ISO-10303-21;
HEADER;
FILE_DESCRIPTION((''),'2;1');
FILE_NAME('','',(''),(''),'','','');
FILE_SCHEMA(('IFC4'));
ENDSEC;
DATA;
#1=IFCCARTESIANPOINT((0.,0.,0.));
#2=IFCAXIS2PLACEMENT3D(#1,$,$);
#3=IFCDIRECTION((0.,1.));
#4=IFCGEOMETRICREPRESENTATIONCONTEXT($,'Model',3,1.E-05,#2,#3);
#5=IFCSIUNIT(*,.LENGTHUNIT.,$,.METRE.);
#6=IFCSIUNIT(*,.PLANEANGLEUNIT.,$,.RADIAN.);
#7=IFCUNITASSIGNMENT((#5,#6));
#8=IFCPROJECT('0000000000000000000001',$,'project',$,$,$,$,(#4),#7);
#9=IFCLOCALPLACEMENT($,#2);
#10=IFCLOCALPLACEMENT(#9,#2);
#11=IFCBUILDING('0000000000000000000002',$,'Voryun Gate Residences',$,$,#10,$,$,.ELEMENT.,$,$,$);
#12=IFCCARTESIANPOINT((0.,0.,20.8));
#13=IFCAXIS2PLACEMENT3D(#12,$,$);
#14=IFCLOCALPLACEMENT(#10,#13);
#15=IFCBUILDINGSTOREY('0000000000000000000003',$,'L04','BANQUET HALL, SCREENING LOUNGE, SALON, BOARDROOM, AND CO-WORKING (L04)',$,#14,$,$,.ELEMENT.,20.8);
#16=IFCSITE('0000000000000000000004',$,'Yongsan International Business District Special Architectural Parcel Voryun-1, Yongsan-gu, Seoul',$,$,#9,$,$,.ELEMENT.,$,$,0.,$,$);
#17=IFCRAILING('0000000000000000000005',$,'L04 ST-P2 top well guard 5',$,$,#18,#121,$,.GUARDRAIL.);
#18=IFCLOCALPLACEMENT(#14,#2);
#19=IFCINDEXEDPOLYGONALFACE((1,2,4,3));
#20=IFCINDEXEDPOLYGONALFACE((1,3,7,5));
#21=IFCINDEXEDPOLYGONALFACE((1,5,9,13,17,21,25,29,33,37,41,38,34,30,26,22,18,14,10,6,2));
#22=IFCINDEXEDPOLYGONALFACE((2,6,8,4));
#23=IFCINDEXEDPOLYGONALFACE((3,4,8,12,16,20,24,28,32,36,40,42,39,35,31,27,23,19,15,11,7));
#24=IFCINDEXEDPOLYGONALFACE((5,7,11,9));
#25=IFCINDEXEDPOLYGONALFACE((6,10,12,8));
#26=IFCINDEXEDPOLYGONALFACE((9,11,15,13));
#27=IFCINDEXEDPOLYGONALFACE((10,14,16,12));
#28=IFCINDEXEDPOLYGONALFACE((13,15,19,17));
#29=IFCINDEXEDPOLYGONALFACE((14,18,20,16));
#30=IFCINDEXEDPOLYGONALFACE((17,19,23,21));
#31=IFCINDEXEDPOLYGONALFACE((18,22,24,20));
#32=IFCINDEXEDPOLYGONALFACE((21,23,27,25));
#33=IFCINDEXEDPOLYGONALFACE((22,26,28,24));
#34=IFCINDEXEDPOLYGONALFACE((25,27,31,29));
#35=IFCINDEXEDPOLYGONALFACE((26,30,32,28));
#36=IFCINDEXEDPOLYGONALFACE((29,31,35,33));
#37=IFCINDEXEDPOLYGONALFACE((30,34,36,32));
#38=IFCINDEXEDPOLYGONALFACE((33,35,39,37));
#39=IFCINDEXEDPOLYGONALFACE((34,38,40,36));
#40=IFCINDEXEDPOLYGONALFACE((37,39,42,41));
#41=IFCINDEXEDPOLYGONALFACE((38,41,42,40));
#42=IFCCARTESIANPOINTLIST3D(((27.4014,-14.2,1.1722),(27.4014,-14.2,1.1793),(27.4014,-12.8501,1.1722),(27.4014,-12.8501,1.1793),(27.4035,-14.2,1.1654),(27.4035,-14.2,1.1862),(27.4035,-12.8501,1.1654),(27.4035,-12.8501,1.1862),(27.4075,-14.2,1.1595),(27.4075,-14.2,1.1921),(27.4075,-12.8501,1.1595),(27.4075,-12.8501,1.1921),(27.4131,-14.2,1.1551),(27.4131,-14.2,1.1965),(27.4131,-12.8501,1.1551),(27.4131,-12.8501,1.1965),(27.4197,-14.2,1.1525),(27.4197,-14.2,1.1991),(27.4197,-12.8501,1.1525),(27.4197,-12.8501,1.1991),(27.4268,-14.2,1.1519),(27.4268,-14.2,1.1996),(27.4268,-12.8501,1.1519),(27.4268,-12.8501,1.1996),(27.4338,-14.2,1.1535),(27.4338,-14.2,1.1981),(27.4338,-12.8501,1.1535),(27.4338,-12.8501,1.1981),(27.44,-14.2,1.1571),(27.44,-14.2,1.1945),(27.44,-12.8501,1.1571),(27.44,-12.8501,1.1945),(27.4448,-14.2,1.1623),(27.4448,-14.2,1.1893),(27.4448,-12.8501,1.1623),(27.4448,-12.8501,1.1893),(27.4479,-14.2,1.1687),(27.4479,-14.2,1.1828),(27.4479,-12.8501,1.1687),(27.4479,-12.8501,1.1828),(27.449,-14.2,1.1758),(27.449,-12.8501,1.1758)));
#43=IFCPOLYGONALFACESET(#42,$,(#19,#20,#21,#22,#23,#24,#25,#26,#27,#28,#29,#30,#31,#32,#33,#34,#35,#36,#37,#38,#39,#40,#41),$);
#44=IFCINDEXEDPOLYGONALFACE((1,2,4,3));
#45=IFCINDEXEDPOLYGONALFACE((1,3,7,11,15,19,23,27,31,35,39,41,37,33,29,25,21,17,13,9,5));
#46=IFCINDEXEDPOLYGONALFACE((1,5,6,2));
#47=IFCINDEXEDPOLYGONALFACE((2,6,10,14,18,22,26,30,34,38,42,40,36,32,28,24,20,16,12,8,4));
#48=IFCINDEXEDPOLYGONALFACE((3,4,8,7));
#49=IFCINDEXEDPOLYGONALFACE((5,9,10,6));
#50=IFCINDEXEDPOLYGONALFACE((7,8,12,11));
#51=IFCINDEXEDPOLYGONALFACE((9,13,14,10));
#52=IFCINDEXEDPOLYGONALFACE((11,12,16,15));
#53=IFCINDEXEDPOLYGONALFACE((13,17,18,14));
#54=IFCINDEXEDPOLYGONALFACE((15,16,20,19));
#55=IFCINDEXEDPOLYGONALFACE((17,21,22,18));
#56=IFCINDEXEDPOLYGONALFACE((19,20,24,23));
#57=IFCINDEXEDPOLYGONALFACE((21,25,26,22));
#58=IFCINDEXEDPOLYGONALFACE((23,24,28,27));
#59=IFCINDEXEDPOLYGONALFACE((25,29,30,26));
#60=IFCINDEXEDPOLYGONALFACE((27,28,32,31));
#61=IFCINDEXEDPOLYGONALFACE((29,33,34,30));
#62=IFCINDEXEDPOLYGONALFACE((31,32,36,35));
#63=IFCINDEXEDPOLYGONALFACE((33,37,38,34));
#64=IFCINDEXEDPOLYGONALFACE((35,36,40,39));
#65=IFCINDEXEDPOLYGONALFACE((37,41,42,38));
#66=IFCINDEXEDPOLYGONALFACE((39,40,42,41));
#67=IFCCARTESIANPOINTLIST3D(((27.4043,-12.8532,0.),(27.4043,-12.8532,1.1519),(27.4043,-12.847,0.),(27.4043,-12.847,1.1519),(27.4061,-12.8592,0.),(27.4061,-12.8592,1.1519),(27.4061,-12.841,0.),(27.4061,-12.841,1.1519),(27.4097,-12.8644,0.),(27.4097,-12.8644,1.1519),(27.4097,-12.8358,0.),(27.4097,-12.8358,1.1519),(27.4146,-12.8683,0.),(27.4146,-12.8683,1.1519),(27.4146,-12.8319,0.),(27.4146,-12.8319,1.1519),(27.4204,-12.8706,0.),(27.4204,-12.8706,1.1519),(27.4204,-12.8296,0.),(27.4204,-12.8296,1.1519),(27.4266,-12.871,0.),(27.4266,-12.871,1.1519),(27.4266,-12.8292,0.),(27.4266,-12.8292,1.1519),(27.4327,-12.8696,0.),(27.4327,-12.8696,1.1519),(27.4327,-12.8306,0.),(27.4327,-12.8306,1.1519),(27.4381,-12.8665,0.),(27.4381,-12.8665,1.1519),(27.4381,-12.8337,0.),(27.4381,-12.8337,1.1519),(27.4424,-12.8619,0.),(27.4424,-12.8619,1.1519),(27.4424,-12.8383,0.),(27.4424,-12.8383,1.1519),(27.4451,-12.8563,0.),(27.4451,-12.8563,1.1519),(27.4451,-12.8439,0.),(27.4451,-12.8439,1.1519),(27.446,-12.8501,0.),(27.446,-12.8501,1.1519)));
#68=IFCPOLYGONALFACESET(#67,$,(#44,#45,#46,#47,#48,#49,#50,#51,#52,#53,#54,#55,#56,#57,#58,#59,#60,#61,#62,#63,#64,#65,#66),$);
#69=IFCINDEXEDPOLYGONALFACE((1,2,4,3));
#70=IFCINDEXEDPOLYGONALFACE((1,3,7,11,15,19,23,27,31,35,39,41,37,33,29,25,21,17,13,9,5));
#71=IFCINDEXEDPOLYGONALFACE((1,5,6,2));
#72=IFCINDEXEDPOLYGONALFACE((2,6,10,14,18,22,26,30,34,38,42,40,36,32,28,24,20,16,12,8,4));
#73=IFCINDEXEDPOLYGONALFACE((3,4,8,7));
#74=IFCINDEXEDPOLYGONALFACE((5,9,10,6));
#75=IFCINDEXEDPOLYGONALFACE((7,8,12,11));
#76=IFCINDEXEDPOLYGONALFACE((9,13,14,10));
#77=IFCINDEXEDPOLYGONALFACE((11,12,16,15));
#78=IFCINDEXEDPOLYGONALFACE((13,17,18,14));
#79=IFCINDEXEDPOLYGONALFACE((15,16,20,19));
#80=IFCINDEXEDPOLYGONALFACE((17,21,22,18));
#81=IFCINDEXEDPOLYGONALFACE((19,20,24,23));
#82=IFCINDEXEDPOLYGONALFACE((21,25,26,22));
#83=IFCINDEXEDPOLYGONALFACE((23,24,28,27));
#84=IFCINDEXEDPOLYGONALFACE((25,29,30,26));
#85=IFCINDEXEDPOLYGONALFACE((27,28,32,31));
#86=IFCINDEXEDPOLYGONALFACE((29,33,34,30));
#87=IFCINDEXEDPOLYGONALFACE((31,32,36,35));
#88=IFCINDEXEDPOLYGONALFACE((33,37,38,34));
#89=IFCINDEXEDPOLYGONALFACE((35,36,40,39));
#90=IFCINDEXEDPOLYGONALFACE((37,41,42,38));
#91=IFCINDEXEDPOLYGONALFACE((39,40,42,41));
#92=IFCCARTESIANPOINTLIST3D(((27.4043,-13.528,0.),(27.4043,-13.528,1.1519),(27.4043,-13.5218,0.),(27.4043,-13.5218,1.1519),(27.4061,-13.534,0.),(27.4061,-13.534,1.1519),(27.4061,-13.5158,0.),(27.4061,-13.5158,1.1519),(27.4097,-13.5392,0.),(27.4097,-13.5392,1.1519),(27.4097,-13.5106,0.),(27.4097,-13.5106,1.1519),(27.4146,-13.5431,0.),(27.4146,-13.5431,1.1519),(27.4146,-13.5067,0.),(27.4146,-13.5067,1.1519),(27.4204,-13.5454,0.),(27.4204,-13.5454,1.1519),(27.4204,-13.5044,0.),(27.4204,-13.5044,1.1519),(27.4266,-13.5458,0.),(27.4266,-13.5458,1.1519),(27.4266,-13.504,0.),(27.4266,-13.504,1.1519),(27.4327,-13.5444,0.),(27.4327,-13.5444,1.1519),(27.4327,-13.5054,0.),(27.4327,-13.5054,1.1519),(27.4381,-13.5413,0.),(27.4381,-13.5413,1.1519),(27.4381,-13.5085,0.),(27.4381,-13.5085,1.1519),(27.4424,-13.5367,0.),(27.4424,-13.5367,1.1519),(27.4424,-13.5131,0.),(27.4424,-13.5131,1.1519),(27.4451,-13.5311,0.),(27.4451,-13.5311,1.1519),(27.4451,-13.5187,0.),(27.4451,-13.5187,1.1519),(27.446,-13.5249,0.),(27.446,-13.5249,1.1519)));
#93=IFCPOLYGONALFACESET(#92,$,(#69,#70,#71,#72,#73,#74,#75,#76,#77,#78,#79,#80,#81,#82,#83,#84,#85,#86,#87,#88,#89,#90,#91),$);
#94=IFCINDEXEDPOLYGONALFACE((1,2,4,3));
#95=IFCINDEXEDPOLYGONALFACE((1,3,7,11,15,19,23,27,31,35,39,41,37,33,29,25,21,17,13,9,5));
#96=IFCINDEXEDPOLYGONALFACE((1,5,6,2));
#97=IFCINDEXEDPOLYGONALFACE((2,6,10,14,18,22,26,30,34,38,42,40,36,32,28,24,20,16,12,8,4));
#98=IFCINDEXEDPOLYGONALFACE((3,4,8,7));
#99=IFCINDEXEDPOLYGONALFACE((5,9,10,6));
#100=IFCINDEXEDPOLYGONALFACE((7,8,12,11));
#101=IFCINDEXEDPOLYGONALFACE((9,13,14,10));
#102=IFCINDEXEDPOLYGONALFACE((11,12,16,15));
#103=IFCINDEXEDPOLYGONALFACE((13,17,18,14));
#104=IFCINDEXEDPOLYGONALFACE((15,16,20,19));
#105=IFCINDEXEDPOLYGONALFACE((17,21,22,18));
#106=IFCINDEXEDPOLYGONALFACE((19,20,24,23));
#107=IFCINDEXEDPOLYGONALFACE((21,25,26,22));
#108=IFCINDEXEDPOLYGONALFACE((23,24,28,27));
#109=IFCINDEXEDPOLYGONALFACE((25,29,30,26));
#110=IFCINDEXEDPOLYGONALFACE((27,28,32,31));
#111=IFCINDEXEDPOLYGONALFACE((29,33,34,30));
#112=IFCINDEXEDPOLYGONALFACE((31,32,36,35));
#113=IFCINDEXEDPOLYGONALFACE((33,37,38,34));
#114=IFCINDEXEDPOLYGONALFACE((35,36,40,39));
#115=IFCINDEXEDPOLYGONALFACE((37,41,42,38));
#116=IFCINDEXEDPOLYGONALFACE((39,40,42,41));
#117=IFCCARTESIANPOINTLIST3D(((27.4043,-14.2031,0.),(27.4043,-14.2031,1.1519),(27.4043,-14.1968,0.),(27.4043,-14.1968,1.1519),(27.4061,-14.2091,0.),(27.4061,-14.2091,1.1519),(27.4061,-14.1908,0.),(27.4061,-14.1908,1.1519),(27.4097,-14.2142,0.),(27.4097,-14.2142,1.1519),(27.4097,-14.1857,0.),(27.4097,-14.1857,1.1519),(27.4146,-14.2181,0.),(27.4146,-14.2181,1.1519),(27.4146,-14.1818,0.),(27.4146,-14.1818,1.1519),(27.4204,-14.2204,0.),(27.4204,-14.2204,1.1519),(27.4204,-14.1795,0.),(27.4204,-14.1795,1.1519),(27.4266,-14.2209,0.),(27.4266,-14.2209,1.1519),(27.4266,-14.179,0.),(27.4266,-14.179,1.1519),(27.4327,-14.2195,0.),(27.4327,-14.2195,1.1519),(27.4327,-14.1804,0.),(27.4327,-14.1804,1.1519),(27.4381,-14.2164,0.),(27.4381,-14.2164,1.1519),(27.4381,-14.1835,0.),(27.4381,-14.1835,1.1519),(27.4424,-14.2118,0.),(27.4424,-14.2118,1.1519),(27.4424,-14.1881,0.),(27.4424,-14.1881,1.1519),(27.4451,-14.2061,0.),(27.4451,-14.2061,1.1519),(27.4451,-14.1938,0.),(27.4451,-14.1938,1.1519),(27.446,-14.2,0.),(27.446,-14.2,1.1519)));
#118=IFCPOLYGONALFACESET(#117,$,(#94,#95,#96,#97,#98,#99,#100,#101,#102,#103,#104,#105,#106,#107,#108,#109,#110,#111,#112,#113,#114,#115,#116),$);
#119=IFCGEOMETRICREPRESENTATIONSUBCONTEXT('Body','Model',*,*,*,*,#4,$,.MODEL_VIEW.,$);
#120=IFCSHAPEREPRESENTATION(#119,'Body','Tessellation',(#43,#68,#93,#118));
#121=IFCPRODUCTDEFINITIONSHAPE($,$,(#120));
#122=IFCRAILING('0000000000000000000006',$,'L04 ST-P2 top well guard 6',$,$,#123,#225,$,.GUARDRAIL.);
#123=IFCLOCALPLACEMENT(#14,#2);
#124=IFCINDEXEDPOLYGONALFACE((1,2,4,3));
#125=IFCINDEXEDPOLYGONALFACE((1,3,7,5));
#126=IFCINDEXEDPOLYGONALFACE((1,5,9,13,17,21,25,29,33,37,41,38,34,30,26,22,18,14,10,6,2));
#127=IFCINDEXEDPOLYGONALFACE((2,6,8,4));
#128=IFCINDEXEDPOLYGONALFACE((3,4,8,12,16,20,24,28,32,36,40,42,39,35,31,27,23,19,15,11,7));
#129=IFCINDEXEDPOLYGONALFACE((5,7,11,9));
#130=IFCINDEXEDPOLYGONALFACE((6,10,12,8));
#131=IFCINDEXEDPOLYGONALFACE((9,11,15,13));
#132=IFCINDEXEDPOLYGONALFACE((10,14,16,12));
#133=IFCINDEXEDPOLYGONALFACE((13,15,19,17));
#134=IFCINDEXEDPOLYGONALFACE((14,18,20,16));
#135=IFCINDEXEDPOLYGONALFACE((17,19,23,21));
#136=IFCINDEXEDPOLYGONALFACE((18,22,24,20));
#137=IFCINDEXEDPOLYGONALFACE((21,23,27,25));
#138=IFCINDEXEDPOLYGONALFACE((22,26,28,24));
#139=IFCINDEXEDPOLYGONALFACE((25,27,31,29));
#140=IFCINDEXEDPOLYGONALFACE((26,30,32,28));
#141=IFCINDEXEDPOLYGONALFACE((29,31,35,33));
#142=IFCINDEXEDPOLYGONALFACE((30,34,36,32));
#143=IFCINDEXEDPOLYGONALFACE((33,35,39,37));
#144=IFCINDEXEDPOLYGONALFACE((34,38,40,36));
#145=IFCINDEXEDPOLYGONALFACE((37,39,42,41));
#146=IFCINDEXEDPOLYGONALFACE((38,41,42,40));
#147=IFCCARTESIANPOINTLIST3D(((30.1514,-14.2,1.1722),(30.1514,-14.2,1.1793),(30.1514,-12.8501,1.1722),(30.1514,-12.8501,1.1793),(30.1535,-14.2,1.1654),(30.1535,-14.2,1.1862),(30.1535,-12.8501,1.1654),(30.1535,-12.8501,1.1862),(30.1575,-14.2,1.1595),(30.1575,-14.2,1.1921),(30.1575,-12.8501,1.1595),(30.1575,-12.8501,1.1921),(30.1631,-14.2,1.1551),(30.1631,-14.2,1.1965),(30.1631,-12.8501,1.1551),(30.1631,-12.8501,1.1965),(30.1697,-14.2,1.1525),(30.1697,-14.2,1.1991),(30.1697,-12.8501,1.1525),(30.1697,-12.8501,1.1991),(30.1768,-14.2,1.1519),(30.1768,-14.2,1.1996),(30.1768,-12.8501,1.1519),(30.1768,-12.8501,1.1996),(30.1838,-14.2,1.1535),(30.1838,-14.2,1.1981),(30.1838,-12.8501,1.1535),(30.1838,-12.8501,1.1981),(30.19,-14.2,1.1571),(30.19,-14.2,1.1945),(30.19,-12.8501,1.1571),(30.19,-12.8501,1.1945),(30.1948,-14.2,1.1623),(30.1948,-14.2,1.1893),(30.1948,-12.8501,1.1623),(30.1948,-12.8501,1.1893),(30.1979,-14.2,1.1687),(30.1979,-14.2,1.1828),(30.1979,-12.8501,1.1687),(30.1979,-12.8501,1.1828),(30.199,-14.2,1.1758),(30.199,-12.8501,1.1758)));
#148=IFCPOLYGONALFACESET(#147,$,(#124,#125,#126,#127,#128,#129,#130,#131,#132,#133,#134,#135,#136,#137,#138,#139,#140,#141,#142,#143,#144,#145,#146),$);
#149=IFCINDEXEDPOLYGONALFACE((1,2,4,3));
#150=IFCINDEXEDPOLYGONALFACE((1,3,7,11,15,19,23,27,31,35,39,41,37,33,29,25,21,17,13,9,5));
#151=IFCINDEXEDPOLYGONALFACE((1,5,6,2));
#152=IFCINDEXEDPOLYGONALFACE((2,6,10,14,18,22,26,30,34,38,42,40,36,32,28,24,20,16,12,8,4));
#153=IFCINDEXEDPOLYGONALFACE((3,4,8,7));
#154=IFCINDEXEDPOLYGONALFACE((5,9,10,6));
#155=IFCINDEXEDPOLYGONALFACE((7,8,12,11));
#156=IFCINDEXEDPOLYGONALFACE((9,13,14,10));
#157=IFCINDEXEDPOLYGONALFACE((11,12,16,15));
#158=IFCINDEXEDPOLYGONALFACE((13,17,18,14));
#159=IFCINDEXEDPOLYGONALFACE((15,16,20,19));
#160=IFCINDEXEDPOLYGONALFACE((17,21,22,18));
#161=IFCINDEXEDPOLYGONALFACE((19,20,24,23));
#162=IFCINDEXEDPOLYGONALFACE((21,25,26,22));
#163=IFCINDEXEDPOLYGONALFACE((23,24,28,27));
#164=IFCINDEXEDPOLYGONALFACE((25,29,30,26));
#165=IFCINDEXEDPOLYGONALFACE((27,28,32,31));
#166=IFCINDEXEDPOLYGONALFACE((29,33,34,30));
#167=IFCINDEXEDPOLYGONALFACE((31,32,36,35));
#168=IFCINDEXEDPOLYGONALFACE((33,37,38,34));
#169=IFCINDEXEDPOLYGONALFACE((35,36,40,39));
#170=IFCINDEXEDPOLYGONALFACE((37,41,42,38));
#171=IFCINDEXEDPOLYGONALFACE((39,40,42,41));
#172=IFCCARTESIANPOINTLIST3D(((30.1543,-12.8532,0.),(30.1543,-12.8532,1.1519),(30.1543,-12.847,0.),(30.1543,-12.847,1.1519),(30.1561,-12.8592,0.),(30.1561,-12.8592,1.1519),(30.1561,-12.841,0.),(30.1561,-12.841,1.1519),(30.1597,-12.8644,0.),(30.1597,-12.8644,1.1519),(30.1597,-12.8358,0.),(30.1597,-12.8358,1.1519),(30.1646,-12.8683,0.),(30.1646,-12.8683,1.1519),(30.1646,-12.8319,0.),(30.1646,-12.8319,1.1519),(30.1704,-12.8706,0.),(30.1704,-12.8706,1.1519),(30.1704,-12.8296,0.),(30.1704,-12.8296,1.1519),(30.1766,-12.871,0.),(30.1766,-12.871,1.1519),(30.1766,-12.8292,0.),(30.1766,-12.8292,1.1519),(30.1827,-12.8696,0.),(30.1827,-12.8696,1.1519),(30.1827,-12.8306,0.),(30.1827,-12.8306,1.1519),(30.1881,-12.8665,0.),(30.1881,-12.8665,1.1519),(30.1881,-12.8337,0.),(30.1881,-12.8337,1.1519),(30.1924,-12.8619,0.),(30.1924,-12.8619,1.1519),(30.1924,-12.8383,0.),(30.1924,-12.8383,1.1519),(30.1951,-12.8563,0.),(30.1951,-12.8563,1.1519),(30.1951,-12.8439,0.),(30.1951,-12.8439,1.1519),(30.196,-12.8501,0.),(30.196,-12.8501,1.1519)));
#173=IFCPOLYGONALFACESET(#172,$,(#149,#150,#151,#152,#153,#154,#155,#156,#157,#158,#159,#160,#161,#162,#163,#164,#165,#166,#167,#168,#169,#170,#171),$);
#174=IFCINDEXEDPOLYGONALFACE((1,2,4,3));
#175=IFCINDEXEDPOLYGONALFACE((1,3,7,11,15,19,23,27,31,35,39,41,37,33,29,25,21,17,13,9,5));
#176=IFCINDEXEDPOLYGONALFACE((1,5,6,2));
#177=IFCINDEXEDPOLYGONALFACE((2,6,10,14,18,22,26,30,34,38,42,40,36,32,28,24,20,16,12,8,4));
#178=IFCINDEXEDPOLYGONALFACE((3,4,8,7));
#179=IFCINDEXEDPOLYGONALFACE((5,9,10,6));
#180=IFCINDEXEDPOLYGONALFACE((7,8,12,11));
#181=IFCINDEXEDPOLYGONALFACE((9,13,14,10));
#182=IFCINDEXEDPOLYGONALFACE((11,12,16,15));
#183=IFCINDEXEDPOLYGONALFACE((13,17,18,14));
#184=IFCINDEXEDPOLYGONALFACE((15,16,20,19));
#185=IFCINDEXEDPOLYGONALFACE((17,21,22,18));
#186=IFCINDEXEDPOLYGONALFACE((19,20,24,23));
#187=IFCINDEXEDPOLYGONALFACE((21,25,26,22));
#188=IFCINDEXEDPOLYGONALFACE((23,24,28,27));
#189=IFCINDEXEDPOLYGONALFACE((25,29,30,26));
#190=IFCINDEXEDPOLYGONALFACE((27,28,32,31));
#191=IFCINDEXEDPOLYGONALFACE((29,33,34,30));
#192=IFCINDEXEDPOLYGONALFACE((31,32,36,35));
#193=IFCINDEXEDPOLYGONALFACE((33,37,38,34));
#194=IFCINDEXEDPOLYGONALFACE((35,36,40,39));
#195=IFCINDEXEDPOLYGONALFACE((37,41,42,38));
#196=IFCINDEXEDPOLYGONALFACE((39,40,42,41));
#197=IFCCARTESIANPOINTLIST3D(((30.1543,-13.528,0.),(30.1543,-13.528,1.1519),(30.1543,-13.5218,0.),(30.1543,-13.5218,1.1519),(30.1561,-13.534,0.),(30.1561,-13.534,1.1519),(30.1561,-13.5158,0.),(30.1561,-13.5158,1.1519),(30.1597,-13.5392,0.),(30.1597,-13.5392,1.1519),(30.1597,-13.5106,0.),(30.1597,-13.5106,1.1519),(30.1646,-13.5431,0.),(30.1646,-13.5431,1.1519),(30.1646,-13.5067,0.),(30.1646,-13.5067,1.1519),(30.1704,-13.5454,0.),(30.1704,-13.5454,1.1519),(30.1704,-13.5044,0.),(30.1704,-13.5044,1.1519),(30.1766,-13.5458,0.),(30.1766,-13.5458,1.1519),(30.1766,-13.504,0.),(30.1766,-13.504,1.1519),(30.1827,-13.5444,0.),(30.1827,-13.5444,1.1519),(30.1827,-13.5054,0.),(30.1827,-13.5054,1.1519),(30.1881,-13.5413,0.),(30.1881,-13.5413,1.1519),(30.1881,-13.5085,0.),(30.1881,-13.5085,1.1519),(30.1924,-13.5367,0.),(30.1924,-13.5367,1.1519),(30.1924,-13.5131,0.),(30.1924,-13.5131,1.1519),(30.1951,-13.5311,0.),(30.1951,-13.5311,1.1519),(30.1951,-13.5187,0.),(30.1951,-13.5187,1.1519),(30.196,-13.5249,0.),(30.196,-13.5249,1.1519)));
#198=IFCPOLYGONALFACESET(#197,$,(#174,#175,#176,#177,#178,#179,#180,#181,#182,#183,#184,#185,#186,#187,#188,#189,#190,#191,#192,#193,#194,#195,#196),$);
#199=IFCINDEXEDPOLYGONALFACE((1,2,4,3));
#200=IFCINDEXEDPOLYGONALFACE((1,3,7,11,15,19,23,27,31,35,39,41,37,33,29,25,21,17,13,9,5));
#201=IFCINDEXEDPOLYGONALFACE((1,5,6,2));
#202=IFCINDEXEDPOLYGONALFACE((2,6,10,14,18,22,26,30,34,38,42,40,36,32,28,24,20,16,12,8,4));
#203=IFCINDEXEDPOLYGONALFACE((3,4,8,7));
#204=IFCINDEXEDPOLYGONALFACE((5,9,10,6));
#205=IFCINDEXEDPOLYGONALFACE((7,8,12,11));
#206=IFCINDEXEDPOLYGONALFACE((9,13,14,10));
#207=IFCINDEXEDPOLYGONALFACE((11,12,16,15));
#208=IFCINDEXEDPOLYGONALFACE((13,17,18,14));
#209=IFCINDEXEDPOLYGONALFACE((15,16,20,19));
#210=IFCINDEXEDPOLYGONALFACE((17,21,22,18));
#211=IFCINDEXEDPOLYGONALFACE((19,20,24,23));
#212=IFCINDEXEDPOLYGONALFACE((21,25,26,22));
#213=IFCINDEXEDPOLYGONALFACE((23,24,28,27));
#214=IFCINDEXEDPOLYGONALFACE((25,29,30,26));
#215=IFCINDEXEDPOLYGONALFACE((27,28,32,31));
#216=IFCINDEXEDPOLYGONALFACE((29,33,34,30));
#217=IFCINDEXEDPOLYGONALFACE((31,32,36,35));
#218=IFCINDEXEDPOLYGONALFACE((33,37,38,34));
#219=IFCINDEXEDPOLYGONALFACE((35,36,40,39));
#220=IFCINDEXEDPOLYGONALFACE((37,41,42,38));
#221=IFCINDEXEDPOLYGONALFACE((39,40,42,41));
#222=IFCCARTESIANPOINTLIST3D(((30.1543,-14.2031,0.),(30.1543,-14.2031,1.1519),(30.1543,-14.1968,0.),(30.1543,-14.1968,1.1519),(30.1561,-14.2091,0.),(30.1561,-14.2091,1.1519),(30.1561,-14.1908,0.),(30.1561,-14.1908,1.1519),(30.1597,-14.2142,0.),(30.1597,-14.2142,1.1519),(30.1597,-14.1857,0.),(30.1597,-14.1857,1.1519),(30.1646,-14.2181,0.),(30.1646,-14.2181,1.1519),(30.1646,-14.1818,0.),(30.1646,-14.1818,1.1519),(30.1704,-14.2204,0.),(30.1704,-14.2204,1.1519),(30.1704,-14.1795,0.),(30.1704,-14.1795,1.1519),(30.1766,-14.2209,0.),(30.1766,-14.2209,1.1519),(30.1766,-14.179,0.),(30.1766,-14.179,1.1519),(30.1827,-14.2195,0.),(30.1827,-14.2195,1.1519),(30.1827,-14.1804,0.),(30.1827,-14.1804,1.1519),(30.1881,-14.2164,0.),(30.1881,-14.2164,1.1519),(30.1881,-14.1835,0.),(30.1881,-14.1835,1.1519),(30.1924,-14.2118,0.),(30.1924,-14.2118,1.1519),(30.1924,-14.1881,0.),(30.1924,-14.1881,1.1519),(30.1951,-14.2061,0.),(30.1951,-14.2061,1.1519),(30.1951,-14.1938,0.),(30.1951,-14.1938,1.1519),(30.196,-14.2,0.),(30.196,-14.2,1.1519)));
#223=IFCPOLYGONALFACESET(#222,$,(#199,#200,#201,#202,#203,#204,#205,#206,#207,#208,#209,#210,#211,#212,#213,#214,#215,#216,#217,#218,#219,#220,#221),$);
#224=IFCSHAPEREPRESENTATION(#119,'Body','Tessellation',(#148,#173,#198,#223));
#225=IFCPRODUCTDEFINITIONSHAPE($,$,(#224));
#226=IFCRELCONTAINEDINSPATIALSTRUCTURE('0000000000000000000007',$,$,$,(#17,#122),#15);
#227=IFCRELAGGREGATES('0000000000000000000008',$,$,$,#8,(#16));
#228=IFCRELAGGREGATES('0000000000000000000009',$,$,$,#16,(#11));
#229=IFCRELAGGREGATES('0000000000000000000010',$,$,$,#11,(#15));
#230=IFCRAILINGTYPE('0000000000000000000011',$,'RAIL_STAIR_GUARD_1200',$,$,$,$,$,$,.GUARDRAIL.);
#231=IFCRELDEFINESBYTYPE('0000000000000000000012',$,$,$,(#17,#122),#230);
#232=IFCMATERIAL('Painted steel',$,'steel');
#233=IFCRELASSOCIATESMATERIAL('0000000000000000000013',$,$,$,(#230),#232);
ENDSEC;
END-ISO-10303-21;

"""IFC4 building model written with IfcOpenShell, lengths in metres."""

from ifc_helpers import new_model, si_unit, direction, frame, origin, origin_2d, place, context, subcontext, project, spatial, circle, extrude, material, type_object, element, save


model = new_model("IFC4")

# Units and contexts
model_context = context("Model", 3, precision=1e-05, world=origin(), true_north=direction((0.0, 1.0)))
body_context = subcontext(model_context, "Body", "Model", "MODEL_VIEW")
ifc_project = project(units=[si_unit("LENGTHUNIT", "METRE"), si_unit("PLANEANGLEUNIT", "RADIAN")], contexts=[model_context])

# Site, building, storey
site_placement = place(None, origin())
site = spatial("IfcSite", under=ifc_project, at=site_placement, Name="Yongsan International Business District Special Architectural Parcel Voryun-1, Yongsan-gu, Seoul", CompositionType="ELEMENT", RefElevation=0.0)
building_placement = place(site_placement, origin())
building = spatial("IfcBuilding", under=site, at=building_placement, Name="Voryun Gate Residences", CompositionType="ELEMENT")
storey_placement = place(building_placement, frame((0.0, 0.0, 20.8)))
storey = spatial("IfcBuildingStorey", under=building, at=storey_placement, Name="L04", Description="BANQUET HALL, SCREENING LOUNGE, SALON, BOARDROOM, AND CO-WORKING (L04)", CompositionType="ELEMENT", Elevation=20.8)

# Railings
ifc_material_1 = material(Name="Painted steel", Category="steel")
railing_type = type_object("IfcRailingType", Name="RAIL_STAIR_GUARD_1200", PredefinedType="GUARDRAIL", material=ifc_material_1)
for number, where, name in (
    (1, (27.425, -12.8501, 0.0), "L04 ST-P2 top well guard 5"),
    (2, (30.175, -12.8501, 0.0), "L04 ST-P2 top well guard 6"),
):
    element("IfcRailing", number, at=place(storey_placement, frame(where)), inside=storey, type_object=railing_type, Name=name, PredefinedType="GUARDRAIL", context=body_context, shape_type="SweptSolid", body=[
        extrude(circle(Radius=0.0239, at=origin_2d()), frame((0.0, 0.0, 1.1758), z_axis=(0.0, -1.0, 0.0), x_axis=(1.0, 0.0, 0.0)), (0.0, 0.0, 1.0), 1.3499),
        extrude(circle(Radius=0.021, at=origin_2d()), origin(), (0.0, 0.0, 1.0), 1.1519),
        extrude(circle(Radius=0.021, at=origin_2d()), frame((0.0, -0.6748, 0.0)), (0.0, 0.0, 1.0), 1.1519),
        extrude(circle(Radius=0.021, at=origin_2d()), frame((0.0, -1.3499, 0.0)), (0.0, 0.0, 1.0), 1.1519),
    ])

save(model, "model.ifc")
